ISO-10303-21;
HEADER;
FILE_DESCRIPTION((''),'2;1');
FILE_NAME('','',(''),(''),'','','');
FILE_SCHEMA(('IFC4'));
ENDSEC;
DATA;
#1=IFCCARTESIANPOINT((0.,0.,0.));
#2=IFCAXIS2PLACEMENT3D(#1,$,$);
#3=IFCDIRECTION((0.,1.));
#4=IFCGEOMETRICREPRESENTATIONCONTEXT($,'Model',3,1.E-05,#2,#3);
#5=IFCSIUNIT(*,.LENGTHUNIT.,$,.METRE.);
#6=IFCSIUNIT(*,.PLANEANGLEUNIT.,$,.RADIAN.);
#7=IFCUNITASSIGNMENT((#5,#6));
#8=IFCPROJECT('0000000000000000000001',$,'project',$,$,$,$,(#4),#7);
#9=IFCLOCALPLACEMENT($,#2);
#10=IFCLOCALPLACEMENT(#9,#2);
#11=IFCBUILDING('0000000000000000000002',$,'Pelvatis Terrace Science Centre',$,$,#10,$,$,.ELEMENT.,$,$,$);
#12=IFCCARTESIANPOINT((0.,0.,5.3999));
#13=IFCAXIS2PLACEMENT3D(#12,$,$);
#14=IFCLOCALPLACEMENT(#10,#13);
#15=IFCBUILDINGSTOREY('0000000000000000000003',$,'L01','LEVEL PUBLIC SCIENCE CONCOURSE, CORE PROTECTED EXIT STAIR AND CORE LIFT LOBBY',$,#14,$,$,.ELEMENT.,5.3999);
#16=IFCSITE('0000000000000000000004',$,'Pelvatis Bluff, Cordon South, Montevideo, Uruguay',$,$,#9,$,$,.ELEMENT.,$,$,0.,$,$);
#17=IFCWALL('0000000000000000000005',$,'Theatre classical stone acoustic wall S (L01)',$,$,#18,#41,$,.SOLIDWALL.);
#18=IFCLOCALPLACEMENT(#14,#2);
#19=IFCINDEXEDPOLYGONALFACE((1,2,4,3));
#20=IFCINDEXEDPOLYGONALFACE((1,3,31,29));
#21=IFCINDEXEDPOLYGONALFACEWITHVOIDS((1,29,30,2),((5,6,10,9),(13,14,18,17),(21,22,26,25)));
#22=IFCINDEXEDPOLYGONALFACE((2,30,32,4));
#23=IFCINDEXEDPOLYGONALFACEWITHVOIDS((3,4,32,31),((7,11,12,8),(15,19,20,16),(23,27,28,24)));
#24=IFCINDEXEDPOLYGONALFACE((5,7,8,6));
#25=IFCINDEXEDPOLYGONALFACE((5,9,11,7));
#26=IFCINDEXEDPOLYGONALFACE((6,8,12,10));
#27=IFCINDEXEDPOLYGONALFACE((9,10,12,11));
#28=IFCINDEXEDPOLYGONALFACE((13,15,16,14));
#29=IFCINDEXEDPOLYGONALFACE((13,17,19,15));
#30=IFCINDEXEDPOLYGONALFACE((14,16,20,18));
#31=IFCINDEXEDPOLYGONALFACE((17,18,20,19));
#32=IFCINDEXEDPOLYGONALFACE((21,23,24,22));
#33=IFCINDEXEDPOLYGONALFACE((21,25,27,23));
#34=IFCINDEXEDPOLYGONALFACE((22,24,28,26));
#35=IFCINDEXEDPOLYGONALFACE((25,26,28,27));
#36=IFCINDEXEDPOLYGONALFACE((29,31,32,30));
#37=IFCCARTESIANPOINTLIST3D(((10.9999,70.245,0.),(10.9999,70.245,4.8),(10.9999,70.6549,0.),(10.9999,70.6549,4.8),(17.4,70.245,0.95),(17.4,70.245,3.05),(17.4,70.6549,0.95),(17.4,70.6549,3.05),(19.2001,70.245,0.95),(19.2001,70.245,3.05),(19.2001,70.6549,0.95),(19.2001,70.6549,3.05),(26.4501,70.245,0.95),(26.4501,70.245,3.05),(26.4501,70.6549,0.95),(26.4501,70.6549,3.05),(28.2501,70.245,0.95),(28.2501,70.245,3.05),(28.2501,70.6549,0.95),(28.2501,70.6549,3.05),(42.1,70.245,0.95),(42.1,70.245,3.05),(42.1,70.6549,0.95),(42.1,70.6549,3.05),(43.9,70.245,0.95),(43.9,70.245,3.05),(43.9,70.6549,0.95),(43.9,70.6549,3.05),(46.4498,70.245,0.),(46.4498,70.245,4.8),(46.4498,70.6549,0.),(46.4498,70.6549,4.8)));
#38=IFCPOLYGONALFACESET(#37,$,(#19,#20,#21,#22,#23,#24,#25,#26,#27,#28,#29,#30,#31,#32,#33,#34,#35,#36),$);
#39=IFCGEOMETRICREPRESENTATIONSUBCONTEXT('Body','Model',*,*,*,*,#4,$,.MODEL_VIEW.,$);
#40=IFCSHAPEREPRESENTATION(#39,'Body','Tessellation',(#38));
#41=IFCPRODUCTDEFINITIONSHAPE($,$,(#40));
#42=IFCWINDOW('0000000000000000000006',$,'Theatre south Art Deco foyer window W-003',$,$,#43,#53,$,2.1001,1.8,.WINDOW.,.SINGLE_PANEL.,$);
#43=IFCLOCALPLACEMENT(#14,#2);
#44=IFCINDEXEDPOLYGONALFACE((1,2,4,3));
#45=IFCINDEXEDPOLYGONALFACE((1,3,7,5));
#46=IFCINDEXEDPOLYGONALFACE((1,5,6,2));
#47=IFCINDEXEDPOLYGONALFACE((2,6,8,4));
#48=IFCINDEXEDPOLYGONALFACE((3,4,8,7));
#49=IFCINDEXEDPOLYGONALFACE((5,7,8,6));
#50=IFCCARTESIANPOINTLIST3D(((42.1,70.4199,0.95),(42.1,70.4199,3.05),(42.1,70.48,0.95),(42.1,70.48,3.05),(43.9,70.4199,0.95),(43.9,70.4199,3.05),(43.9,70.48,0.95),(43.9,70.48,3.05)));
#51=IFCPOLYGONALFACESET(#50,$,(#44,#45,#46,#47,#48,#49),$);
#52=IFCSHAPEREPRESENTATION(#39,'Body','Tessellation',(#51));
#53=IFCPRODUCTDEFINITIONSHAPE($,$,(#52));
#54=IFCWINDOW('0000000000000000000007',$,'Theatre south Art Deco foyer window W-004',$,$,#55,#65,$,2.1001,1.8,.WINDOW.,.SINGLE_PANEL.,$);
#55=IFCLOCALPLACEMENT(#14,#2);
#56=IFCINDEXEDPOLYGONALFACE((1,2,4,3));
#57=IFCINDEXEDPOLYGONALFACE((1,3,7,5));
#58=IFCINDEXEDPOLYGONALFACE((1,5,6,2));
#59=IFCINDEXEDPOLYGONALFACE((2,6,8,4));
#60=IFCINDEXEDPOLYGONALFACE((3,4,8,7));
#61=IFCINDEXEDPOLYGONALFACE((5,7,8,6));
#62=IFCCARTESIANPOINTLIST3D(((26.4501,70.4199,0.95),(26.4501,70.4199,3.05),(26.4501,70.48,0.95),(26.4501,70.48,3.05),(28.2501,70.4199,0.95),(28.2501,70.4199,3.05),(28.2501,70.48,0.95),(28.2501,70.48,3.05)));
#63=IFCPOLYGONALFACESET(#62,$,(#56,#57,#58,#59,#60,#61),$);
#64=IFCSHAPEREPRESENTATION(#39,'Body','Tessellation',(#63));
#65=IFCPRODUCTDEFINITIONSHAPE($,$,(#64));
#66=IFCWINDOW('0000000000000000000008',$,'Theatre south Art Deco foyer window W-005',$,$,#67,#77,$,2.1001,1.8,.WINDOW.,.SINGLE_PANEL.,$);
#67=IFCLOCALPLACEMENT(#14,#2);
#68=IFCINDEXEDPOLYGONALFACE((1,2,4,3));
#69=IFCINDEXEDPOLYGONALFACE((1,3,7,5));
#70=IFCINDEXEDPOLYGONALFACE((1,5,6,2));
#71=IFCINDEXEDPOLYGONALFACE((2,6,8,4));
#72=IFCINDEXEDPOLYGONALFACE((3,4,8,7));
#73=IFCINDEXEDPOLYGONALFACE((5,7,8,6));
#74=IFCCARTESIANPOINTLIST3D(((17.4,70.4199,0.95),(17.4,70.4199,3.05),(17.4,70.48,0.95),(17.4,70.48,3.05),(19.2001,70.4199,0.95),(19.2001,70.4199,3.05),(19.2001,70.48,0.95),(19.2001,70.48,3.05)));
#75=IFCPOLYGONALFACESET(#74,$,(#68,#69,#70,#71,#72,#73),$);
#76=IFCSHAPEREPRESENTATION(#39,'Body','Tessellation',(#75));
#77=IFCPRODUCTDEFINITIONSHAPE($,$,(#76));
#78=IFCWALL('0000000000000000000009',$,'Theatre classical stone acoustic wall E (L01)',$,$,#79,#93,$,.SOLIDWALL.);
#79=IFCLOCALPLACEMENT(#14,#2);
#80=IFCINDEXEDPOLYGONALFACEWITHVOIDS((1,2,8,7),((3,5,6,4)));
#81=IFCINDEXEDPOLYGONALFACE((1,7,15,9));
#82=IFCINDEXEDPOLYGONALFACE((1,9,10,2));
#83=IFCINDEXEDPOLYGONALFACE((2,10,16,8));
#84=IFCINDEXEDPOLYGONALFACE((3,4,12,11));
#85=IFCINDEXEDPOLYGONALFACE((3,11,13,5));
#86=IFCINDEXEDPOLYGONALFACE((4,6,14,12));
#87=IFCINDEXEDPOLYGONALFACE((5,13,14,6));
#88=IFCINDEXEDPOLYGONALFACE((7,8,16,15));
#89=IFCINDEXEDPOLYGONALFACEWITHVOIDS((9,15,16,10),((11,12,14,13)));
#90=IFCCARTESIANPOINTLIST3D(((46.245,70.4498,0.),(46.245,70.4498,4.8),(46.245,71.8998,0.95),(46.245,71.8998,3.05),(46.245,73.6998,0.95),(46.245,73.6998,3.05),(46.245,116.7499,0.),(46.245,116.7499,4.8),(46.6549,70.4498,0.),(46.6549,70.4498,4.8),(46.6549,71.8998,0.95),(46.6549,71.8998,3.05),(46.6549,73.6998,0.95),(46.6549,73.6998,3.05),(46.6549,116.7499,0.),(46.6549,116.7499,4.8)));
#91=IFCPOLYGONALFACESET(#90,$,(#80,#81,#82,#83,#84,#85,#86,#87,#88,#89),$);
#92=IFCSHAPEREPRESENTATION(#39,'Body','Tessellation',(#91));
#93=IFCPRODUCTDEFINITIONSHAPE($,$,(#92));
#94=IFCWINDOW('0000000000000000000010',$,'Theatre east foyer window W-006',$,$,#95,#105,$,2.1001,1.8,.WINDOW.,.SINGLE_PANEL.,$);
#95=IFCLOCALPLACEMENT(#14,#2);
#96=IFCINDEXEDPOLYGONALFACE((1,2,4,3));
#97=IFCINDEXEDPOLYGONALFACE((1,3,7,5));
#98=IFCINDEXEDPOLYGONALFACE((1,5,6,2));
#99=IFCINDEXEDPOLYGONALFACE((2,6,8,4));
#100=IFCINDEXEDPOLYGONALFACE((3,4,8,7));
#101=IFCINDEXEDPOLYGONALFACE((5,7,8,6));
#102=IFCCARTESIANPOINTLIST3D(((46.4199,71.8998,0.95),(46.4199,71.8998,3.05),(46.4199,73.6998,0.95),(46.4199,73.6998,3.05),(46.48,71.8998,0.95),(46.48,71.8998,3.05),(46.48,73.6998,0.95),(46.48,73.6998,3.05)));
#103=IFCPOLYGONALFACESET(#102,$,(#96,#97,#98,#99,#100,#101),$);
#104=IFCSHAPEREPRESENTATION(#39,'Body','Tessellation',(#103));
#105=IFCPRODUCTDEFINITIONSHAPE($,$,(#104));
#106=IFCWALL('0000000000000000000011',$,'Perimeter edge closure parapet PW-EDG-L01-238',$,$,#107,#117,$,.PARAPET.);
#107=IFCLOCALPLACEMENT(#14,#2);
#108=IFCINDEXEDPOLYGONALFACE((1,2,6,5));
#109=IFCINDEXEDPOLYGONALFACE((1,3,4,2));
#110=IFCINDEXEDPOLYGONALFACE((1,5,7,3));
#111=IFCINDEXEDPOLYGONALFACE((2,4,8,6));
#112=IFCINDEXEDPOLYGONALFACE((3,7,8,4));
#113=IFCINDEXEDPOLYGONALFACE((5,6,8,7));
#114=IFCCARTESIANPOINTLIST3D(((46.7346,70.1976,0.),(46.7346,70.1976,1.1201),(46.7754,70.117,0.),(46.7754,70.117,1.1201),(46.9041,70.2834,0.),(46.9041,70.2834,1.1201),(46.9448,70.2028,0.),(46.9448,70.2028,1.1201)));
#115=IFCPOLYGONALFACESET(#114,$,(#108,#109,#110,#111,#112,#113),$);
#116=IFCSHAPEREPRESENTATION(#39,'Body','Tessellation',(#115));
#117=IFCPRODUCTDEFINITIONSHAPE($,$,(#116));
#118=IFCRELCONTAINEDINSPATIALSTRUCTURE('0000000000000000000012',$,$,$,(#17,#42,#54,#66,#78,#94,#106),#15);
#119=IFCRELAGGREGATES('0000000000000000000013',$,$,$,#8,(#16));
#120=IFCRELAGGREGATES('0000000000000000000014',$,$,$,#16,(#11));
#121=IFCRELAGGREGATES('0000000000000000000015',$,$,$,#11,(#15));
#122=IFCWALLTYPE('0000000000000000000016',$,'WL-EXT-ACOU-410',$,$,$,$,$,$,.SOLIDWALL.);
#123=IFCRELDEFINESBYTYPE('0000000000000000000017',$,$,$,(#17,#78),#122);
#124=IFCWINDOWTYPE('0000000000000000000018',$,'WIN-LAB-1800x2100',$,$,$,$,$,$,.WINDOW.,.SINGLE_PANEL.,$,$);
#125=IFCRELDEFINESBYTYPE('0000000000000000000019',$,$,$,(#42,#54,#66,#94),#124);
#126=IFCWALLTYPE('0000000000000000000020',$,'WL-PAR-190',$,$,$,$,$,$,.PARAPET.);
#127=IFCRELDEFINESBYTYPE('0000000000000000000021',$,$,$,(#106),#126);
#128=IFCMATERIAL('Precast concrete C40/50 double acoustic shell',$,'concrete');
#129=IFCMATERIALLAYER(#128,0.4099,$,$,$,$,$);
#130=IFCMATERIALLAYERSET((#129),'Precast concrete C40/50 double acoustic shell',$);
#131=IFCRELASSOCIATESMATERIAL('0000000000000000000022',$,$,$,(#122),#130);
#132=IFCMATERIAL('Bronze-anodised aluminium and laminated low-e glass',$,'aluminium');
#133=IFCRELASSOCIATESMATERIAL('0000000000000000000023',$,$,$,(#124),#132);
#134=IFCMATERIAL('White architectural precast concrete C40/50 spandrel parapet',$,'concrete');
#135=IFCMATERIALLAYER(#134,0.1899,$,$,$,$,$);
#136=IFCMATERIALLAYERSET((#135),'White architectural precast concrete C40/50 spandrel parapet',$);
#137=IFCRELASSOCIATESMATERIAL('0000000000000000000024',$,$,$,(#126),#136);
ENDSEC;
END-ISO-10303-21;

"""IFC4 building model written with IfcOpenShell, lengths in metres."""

from ifc_helpers import new_model, si_unit, direction, frame, frame_2d, origin, place, context, subcontext, project, spatial, rectangle, extrude, material, layer, layer_set, type_object, element, fill, save


model = new_model("IFC4")

# Units and contexts
model_context = context("Model", 3, precision=1e-05, world=origin(), true_north=direction((0.0, 1.0)))
body_context = subcontext(model_context, "Body", "Model", "MODEL_VIEW")
ifc_project = project(units=[si_unit("LENGTHUNIT", "METRE"), si_unit("PLANEANGLEUNIT", "RADIAN")], contexts=[model_context])

# Site, building, storey
site_placement = place(None, origin())
site = spatial("IfcSite", under=ifc_project, at=site_placement, Name="Pelvatis Bluff, Cordon South, Montevideo, Uruguay", CompositionType="ELEMENT", RefElevation=0.0)
building_placement = place(site_placement, origin())
building = spatial("IfcBuilding", under=site, at=building_placement, Name="Pelvatis Terrace Science Centre", CompositionType="ELEMENT")
storey_placement = place(building_placement, frame((0.0, 0.0, 5.3999)))
storey = spatial("IfcBuildingStorey", under=building, at=storey_placement, Name="L01", Description="LEVEL PUBLIC SCIENCE CONCOURSE, CORE PROTECTED EXIT STAIR AND CORE LIFT LOBBY", CompositionType="ELEMENT", Elevation=5.3999)

# Wall, openings, windows
ifc_material_1 = material(Name="Precast concrete C40/50 double acoustic shell", Category="concrete")
ifc_layer_1 = layer(ifc_material_1, 0.4099)
ifc_layer_set_1 = layer_set([ifc_layer_1], Name="Precast concrete C40/50 double acoustic shell")
wall_type_1 = type_object("IfcWallType", Name="WL-EXT-ACOU-410", PredefinedType="SOLIDWALL", material=ifc_layer_set_1)
wall_1_placement = place(storey_placement, frame((46.45, 70.45, 0.0), z_axis=(0.0, 0.0, 1.0), x_axis=(-1.0, 0.0, 0.0)))
wall_1 = element("IfcWall", 1, at=wall_1_placement, inside=storey, type_object=wall_type_1, Name="Theatre classical stone acoustic wall S (L01)", PredefinedType="SOLIDWALL", context=body_context, shape_type="SweptSolid", body=[
    extrude(rectangle(XDim=35.45, YDim=0.4099, at=frame_2d((17.7251, 0.0))), origin(), (0.0, 0.0, 1.0), 4.8),
])
opening_1_placement = place(wall_1_placement, frame((2.55, 0.0, 0.95)))
opening_1 = element("IfcOpeningElement", 2, at=opening_1_placement, cuts=wall_1, PredefinedType="OPENING", context=body_context, shape_type="SweptSolid", body=[
    extrude(rectangle(XDim=1.8, YDim=2.1001, at=frame_2d((0.8999, 1.05))), frame((0.0, 0.2148, 0.0), z_axis=(0.0, -1.0, 0.0), x_axis=(1.0, 0.0, 0.0)), (0.0, 0.0, 1.0), 0.4299),
])
opening_2_placement = place(wall_1_placement, frame((18.2, 0.0, 0.95)))
opening_2 = element("IfcOpeningElement", 3, at=opening_2_placement, cuts=wall_1, PredefinedType="OPENING", context=body_context, shape_type="SweptSolid", body=[
    extrude(rectangle(XDim=1.8, YDim=2.1001, at=frame_2d((0.8999, 1.05))), frame((0.0, 0.2148, 0.0), z_axis=(0.0, -1.0, 0.0), x_axis=(1.0, 0.0, 0.0)), (0.0, 0.0, 1.0), 0.4299),
])
opening_3_placement = place(wall_1_placement, frame((27.25, 0.0, 0.95)))
opening_3 = element("IfcOpeningElement", 4, at=opening_3_placement, cuts=wall_1, PredefinedType="OPENING", context=body_context, shape_type="SweptSolid", body=[
    extrude(rectangle(XDim=1.8, YDim=2.1001, at=frame_2d((0.8999, 1.05))), frame((0.0, 0.2148, 0.0), z_axis=(0.0, -1.0, 0.0), x_axis=(1.0, 0.0, 0.0)), (0.0, 0.0, 1.0), 0.4299),
])
ifc_material_2 = material(Name="Bronze-anodised aluminium and laminated low-e glass", Category="aluminium")
window_type = type_object("IfcWindowType", Name="WIN-LAB-1800x2100", PartitioningType="SINGLE_PANEL", PredefinedType="WINDOW", material=ifc_material_2)
window_1_placement = place(opening_1_placement, origin())
window_1 = element("IfcWindow", 5, at=window_1_placement, inside=storey, type_object=window_type, Name="Theatre south Art Deco foyer window W-003", OverallHeight=2.1001, OverallWidth=1.8, PartitioningType="SINGLE_PANEL", PredefinedType="WINDOW", context=body_context, shape_type="SweptSolid", body=[
    extrude(rectangle(XDim=1.8, YDim=2.1001, at=frame_2d((0.8999, 1.05))), frame((0.0, 0.03, 0.0), z_axis=(0.0, -1.0, 0.0), x_axis=(1.0, 0.0, 0.0)), (0.0, 0.0, 1.0), 0.0601),
])
fill(opening_1, window_1)
window_2_placement = place(opening_2_placement, origin())
window_2 = element("IfcWindow", 6, at=window_2_placement, inside=storey, type_object=window_type, Name="Theatre south Art Deco foyer window W-004", OverallHeight=2.1001, OverallWidth=1.8, PartitioningType="SINGLE_PANEL", PredefinedType="WINDOW", context=body_context, shape_type="SweptSolid", body=[
    extrude(rectangle(XDim=1.8, YDim=2.1001, at=frame_2d((0.8999, 1.05))), frame((0.0, 0.03, 0.0), z_axis=(0.0, -1.0, 0.0), x_axis=(1.0, 0.0, 0.0)), (0.0, 0.0, 1.0), 0.0601),
])
fill(opening_2, window_2)
window_3_placement = place(opening_3_placement, origin())
window_3 = element("IfcWindow", 7, at=window_3_placement, inside=storey, type_object=window_type, Name="Theatre south Art Deco foyer window W-005", OverallHeight=2.1001, OverallWidth=1.8, PartitioningType="SINGLE_PANEL", PredefinedType="WINDOW", context=body_context, shape_type="SweptSolid", body=[
    extrude(rectangle(XDim=1.8, YDim=2.1001, at=frame_2d((0.8999, 1.05))), frame((0.0, 0.03, 0.0), z_axis=(0.0, -1.0, 0.0), x_axis=(1.0, 0.0, 0.0)), (0.0, 0.0, 1.0), 0.0601),
])
fill(opening_3, window_3)

# Wall, opening, window
wall_2_placement = place(storey_placement, frame((46.45, 70.45, 0.0), z_axis=(0.0, 0.0, 1.0), x_axis=(0.0, 1.0, 0.0)))
wall_2 = element("IfcWall", 8, at=wall_2_placement, inside=storey, type_object=wall_type_1, Name="Theatre classical stone acoustic wall E (L01)", PredefinedType="SOLIDWALL", context=body_context, shape_type="SweptSolid", body=[
    extrude(rectangle(XDim=46.3, YDim=0.4099, at=frame_2d((23.1499, 0.0))), origin(), (0.0, 0.0, 1.0), 4.8),
])
opening_4_placement = place(wall_2_placement, frame((1.45, 0.0, 0.95)))
opening_4 = element("IfcOpeningElement", 9, at=opening_4_placement, cuts=wall_2, PredefinedType="OPENING", context=body_context, shape_type="SweptSolid", body=[
    extrude(rectangle(XDim=1.8, YDim=2.1001, at=frame_2d((0.8999, 1.05))), frame((0.0, 0.2148, 0.0), z_axis=(0.0, -1.0, 0.0), x_axis=(1.0, 0.0, 0.0)), (0.0, 0.0, 1.0), 0.4299),
])
window_4_placement = place(opening_4_placement, origin())
window_4 = element("IfcWindow", 10, at=window_4_placement, inside=storey, type_object=window_type, Name="Theatre east foyer window W-006", OverallHeight=2.1001, OverallWidth=1.8, PartitioningType="SINGLE_PANEL", PredefinedType="WINDOW", context=body_context, shape_type="SweptSolid", body=[
    extrude(rectangle(XDim=1.8, YDim=2.1001, at=frame_2d((0.8999, 1.05))), frame((0.0, 0.03, 0.0), z_axis=(0.0, -1.0, 0.0), x_axis=(1.0, 0.0, 0.0)), (0.0, 0.0, 1.0), 0.0601),
])
fill(opening_4, window_4)

# Wall
ifc_material_3 = material(Name="White architectural precast concrete C40/50 spandrel parapet", Category="concrete")
ifc_layer_2 = layer(ifc_material_3, 0.1899)
ifc_layer_set_2 = layer_set([ifc_layer_2], Name="White architectural precast concrete C40/50 spandrel parapet")
wall_type_2 = type_object("IfcWallType", Name="WL-PAR-190", PredefinedType="PARAPET", material=ifc_layer_set_2)
wall_3_placement = place(storey_placement, frame((46.8601, 70.1599, 0.0), z_axis=(0.0, 0.0, 1.0), x_axis=(-0.451534, 0.892254, 0.0)))
element("IfcWall", 11, at=wall_3_placement, inside=storey, type_object=wall_type_2, Name="Perimeter edge closure parapet PW-EDG-L01-238", PredefinedType="PARAPET", context=body_context, shape_type="SweptSolid", body=[
    extrude(rectangle(XDim=0.0903, YDim=0.1899, at=frame_2d((0.0452, 0.0))), origin(), (0.0, 0.0, 1.0), 1.1201),
])

save(model, "model.ifc")
